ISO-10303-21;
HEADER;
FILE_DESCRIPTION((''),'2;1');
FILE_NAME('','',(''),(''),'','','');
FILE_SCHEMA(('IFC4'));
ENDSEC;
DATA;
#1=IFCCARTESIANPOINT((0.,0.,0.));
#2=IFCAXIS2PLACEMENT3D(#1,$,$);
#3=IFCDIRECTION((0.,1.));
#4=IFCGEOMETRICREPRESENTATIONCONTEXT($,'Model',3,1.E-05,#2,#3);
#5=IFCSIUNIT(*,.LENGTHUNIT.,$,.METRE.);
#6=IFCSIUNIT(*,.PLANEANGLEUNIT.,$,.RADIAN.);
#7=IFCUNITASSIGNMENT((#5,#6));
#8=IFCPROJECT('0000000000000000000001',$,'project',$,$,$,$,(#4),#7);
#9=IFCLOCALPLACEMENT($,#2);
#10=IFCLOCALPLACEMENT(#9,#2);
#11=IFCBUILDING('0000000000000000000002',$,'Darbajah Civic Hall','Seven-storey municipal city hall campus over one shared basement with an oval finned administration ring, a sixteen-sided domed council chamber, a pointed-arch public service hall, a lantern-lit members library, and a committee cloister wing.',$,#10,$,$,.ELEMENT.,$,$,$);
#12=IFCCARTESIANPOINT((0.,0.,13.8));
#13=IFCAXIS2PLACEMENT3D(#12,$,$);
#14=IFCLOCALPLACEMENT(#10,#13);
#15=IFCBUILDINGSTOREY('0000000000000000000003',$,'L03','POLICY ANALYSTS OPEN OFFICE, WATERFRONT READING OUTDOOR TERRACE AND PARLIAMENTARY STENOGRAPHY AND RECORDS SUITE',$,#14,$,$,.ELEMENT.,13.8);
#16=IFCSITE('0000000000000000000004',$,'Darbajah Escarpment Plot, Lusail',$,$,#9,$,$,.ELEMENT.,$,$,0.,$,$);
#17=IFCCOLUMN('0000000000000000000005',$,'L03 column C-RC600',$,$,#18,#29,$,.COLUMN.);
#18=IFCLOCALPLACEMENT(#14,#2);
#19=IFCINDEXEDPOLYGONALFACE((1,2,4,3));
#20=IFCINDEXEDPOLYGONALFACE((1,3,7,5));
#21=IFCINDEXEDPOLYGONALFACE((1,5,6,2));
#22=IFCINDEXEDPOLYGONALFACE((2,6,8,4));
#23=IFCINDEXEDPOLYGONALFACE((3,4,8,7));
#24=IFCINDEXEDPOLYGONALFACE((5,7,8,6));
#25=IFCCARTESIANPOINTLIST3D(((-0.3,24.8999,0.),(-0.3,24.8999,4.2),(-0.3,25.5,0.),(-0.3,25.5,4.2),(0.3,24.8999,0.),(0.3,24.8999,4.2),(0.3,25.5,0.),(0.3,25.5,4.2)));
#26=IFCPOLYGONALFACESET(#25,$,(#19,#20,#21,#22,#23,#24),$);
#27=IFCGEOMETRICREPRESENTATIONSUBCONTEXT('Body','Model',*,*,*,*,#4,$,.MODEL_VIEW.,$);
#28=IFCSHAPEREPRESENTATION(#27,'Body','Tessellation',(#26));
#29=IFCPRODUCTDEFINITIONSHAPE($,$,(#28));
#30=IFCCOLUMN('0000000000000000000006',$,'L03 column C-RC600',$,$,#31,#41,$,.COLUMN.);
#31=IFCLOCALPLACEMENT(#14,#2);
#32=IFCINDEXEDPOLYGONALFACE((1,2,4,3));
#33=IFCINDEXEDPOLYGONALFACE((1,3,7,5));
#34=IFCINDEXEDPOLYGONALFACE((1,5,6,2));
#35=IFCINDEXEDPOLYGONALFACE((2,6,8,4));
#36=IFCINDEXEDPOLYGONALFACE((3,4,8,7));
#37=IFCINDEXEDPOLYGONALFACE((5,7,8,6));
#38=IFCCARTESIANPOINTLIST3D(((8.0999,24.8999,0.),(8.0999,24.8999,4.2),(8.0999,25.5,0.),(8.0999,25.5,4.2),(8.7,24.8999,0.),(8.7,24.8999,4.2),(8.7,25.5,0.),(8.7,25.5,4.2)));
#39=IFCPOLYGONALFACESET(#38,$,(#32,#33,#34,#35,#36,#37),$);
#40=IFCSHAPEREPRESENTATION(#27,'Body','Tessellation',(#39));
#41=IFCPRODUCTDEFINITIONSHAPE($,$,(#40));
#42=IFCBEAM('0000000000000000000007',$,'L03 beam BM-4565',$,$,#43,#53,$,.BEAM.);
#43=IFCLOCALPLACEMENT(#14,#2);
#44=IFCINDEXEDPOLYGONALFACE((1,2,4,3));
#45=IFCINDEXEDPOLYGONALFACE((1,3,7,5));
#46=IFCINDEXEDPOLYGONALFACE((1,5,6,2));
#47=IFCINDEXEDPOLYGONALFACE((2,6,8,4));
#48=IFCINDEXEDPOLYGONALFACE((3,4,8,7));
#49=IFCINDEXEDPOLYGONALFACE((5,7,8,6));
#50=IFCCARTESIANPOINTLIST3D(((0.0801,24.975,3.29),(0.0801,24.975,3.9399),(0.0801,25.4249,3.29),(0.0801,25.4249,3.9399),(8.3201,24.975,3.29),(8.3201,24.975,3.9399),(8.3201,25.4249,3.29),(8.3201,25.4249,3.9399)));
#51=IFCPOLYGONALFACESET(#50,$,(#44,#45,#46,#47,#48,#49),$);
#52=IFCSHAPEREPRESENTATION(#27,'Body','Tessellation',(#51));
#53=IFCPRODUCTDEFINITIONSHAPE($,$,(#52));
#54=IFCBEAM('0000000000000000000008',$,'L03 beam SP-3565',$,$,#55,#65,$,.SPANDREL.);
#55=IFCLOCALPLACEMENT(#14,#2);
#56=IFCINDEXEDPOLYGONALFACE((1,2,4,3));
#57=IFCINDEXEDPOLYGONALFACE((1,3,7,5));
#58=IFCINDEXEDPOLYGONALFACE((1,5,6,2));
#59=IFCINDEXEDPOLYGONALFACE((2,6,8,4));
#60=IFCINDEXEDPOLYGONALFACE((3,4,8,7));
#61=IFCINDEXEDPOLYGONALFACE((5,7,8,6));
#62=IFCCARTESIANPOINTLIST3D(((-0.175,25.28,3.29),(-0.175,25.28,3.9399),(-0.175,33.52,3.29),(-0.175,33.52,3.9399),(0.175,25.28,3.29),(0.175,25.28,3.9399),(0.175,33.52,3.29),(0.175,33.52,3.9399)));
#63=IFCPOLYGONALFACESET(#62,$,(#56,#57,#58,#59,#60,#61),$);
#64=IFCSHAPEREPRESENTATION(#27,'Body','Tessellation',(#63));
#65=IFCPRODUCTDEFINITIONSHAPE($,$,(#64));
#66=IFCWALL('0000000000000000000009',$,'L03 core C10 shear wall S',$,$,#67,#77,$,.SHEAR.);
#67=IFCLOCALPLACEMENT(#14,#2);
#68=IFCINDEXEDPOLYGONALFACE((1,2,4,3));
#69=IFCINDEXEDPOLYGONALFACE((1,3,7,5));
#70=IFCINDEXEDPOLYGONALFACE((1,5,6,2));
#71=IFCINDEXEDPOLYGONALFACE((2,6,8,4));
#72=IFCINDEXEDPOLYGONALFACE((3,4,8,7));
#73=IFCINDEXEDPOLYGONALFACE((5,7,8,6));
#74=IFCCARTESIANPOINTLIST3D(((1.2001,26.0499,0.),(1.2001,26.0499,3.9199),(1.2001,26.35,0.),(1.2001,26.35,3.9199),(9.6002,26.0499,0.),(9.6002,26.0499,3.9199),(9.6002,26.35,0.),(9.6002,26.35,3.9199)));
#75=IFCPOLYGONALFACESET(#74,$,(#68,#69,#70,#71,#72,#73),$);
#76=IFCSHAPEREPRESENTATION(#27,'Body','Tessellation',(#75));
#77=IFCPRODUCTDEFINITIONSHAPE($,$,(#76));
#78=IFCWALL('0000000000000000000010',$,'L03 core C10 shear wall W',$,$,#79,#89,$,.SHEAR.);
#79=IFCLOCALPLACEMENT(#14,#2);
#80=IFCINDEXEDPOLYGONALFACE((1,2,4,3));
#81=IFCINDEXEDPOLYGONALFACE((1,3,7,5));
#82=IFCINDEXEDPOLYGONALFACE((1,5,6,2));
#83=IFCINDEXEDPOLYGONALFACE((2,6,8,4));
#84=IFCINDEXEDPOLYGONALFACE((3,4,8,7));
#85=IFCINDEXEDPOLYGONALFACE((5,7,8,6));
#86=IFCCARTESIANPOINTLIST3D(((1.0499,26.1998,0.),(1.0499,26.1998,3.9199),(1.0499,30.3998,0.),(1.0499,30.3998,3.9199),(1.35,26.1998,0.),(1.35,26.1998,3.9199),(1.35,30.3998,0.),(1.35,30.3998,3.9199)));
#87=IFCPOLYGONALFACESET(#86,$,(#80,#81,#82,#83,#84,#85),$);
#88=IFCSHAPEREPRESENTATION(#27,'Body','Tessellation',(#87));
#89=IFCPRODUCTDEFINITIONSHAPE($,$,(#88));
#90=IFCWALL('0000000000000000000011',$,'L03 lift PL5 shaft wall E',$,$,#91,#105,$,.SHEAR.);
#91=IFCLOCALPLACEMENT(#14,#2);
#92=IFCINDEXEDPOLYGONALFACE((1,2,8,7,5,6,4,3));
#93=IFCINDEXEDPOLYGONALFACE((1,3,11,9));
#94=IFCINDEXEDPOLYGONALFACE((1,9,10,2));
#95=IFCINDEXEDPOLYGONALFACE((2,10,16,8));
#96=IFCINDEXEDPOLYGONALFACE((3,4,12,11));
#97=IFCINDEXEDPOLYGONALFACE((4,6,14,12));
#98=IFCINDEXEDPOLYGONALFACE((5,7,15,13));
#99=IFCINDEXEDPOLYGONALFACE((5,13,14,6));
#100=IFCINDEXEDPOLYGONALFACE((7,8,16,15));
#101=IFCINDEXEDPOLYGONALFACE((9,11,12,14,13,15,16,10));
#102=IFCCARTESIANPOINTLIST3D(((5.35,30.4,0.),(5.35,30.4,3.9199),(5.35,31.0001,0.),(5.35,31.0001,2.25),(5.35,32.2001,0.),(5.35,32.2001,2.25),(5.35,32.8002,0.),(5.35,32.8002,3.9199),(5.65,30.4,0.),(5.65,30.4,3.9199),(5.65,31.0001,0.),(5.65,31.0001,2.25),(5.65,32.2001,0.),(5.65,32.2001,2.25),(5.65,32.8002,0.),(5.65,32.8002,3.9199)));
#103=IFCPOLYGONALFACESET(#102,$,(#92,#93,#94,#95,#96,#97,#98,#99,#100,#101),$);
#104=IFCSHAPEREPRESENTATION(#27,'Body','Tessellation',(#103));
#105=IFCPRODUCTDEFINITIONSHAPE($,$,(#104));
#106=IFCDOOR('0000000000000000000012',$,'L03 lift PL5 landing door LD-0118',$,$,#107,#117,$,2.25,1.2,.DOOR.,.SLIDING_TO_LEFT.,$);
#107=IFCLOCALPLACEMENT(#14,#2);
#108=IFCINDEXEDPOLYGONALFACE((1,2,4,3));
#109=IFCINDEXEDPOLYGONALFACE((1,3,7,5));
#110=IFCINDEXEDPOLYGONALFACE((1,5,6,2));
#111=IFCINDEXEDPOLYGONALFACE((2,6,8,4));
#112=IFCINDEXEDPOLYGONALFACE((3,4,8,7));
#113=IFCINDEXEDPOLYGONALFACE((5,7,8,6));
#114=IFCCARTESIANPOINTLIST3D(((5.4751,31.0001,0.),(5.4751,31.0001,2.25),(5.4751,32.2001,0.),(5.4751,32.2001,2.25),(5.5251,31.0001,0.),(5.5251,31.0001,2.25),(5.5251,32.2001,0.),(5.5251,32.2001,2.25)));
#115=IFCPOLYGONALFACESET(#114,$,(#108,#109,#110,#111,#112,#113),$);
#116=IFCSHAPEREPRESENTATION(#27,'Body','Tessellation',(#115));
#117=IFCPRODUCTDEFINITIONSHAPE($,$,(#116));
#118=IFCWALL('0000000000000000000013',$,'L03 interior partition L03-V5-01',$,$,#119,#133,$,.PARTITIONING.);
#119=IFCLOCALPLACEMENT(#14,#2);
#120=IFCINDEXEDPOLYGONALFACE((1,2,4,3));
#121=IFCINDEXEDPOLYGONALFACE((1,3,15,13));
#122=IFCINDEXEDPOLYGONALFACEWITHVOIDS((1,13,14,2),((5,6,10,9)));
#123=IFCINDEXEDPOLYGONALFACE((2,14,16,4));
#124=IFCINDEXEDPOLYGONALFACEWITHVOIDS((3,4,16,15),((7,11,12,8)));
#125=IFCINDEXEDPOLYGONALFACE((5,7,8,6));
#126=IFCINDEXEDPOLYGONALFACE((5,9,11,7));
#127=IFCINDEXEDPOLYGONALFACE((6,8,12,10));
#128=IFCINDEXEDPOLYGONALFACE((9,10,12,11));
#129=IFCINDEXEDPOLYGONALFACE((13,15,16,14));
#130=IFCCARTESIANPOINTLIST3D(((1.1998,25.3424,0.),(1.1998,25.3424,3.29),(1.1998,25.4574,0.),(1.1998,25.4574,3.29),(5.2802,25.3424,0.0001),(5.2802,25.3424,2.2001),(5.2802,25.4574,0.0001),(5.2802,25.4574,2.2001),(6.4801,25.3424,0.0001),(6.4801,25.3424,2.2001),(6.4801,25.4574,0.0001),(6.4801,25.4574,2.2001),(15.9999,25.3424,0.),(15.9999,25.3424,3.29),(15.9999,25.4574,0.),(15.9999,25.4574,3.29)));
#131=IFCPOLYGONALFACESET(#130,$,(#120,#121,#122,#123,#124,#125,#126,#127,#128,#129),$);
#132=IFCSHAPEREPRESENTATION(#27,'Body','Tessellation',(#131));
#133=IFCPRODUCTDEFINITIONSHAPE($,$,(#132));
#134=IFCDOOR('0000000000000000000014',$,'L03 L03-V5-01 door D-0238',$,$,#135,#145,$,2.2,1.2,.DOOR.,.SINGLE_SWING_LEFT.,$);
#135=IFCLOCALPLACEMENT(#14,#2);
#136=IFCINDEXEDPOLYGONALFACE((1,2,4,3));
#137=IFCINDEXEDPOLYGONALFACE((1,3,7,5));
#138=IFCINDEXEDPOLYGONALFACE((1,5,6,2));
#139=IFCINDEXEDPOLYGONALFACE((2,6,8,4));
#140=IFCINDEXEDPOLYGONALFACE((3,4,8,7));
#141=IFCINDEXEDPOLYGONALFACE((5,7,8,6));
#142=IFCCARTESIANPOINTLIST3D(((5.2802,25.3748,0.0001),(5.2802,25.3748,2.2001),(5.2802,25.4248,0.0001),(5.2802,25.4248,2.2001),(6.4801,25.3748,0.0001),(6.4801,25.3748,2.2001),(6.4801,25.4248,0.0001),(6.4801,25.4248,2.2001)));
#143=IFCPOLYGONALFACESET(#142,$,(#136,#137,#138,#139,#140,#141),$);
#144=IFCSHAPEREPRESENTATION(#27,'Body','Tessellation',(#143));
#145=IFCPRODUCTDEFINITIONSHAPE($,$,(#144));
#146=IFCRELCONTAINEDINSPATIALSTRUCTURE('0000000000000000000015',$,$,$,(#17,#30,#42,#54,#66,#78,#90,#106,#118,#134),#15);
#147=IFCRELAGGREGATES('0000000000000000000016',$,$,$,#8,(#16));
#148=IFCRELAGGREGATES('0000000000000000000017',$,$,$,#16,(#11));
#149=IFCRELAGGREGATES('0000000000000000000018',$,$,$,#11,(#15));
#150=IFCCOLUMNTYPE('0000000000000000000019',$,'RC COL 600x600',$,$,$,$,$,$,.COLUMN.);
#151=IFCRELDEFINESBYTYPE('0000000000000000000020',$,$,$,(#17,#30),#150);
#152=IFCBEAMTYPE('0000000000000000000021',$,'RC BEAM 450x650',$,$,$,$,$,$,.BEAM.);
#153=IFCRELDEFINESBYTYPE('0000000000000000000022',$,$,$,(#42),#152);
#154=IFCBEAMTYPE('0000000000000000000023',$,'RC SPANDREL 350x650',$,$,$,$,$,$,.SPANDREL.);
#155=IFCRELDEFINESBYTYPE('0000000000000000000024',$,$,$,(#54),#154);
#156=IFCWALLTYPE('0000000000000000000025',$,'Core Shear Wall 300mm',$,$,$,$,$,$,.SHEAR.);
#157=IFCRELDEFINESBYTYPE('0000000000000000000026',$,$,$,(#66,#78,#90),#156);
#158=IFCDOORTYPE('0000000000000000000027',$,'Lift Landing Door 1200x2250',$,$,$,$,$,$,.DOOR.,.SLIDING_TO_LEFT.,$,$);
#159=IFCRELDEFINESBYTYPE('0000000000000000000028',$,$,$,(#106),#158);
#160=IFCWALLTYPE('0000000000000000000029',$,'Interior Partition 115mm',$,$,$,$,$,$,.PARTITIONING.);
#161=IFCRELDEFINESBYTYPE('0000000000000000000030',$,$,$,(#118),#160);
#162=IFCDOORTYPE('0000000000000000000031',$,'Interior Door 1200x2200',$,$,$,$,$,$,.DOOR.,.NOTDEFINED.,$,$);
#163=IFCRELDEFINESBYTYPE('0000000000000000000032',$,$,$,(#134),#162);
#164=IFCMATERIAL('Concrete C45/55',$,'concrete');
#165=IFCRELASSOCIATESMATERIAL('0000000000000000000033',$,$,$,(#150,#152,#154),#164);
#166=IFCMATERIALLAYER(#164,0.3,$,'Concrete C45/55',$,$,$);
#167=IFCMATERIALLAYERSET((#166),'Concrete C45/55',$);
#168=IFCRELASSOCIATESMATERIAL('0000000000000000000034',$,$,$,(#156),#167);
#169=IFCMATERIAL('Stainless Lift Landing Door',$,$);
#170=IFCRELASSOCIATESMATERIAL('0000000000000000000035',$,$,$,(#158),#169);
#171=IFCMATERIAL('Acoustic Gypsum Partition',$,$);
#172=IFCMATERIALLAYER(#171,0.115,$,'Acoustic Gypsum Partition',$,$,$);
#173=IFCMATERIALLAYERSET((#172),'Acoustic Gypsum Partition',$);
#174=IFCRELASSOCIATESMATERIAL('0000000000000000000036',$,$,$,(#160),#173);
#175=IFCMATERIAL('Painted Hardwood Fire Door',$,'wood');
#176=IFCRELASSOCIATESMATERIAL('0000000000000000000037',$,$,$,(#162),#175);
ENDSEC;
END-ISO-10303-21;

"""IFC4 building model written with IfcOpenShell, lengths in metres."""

from ifc_helpers import new_model, si_unit, direction, frame, frame_2d, origin, origin_2d, place, context, subcontext, project, spatial, rectangle, extrude, material, layer, layer_set, material_profile, profile_set, type_object, element, fill, save


model = new_model("IFC4")

# Units and contexts
model_context = context("Model", 3, precision=1e-05, world=origin(), true_north=direction((0.0, 1.0)))
body_context = subcontext(model_context, "Body", "Model", "MODEL_VIEW")
ifc_project = project(units=[si_unit("LENGTHUNIT", "METRE"), si_unit("PLANEANGLEUNIT", "RADIAN")], contexts=[model_context])

# Site, building, storey
site_placement = place(None, origin())
site = spatial("IfcSite", under=ifc_project, at=site_placement, Name="Darbajah Escarpment Plot, Lusail", CompositionType="ELEMENT", RefElevation=0.0)
building_placement = place(site_placement, origin())
building = spatial("IfcBuilding", under=site, at=building_placement, Name="Darbajah Civic Hall", Description="Seven-storey municipal city hall campus over one shared basement with an oval finned administration ring, a sixteen-sided domed council chamber, a pointed-arch public service hall, a lantern-lit members library, and a committee cloister wing.", CompositionType="ELEMENT")
storey_placement = place(building_placement, frame((0.0, 0.0, 13.8)))
storey = spatial("IfcBuildingStorey", under=building, at=storey_placement, Name="L03", Description="POLICY ANALYSTS OPEN OFFICE, WATERFRONT READING OUTDOOR TERRACE AND PARLIAMENTARY STENOGRAPHY AND RECORDS SUITE", CompositionType="ELEMENT", Elevation=13.8)

# Columns
ifc_material_1 = material(Name="Concrete C45/55", Category="concrete")
ifc_material_profile_1 = material_profile(ifc_material_1, rectangle(XDim=0.6001, YDim=0.6001, at=origin_2d()), Name="RC COL 600x600")
ifc_profile_set_1 = profile_set([ifc_material_profile_1], Name="Concrete C45/55")
column_type = type_object("IfcColumnType", Name="RC COL 600x600", PredefinedType="COLUMN", material=ifc_profile_set_1)
for number, where, z_axis, x_axis, name in (
    (1, (0.0, 25.2, 0.0), (0.0, 0.0, 1.0), (1.0, 0.0, 0.0), "L03 column C-RC600"),
    (2, (8.3999, 25.2, 0.0), (0.0, 0.0, 1.0), (1.0, 0.0, 0.0), "L03 column C-RC600"),
):
    element("IfcColumn", number, at=place(storey_placement, frame(where, z_axis=z_axis, x_axis=x_axis)), inside=storey, type_object=column_type, Name=name, PredefinedType="COLUMN", context=body_context, shape_type="SweptSolid", body=[
        extrude(rectangle(XDim=0.6001, YDim=0.6001, at=origin_2d()), origin(), (0.0, 0.0, 1.0), 4.2),
    ])

# Beams
ifc_material_profile_2 = material_profile(ifc_material_1, rectangle(XDim=0.45, YDim=0.6499, at=origin_2d()), Name="RC BEAM 450x650")
ifc_profile_set_2 = profile_set([ifc_material_profile_2], Name="Concrete C45/55")
beam_type_1 = type_object("IfcBeamType", Name="RC BEAM 450x650", PredefinedType="BEAM", material=ifc_profile_set_2)
beam_1_placement = place(storey_placement, frame((0.0801, 25.2, 3.615), z_axis=(1.0, 0.0, 0.0), x_axis=(0.0, 1.0, 0.0)))
element("IfcBeam", 3, at=beam_1_placement, inside=storey, type_object=beam_type_1, Name="L03 beam BM-4565", PredefinedType="BEAM", context=body_context, shape_type="SweptSolid", body=[
    extrude(rectangle(XDim=0.45, YDim=0.6499, at=origin_2d()), origin(), (0.0, 0.0, 1.0), 8.24),
])
ifc_material_profile_3 = material_profile(ifc_material_1, rectangle(XDim=0.3501, YDim=0.6499, at=origin_2d()), Name="RC SPANDREL 350x650")
ifc_profile_set_3 = profile_set([ifc_material_profile_3], Name="Concrete C45/55")
beam_type_2 = type_object("IfcBeamType", Name="RC SPANDREL 350x650", PredefinedType="SPANDREL", material=ifc_profile_set_3)
beam_2_placement = place(storey_placement, frame((0.0, 25.28, 3.615), z_axis=(0.0, 1.0, 0.0), x_axis=(-1.0, 0.0, 0.0)))
element("IfcBeam", 4, at=beam_2_placement, inside=storey, type_object=beam_type_2, Name="L03 beam SP-3565", PredefinedType="SPANDREL", context=body_context, shape_type="SweptSolid", body=[
    extrude(rectangle(XDim=0.3501, YDim=0.6499, at=origin_2d()), origin(), (0.0, 0.0, 1.0), 8.24),
])

# Walls
ifc_layer_1 = layer(ifc_material_1, 0.3, Name="Concrete C45/55")
ifc_layer_set_1 = layer_set([ifc_layer_1], Name="Concrete C45/55")
wall_type_1 = type_object("IfcWallType", Name="Core Shear Wall 300mm", PredefinedType="SHEAR", material=ifc_layer_set_1)
wall_1_placement = place(storey_placement, frame((1.2, 26.2, 0.0), z_axis=(0.0, 0.0, 1.0), x_axis=(1.0, 0.0, 0.0)))
element("IfcWall", 5, at=wall_1_placement, inside=storey, type_object=wall_type_1, Name="L03 core C10 shear wall S", PredefinedType="SHEAR", context=body_context, shape_type="SweptSolid", body=[
    extrude(rectangle(XDim=8.4001, YDim=0.3, at=frame_2d((4.2002, 0.0))), origin(), (0.0, 0.0, 1.0), 3.9199),
])
wall_2_placement = place(storey_placement, frame((1.2, 30.3999, 0.0), z_axis=(0.0, 0.0, 1.0), x_axis=(0.0, -1.0, 0.0)))
element("IfcWall", 6, at=wall_2_placement, inside=storey, type_object=wall_type_1, Name="L03 core C10 shear wall W", PredefinedType="SHEAR", context=body_context, shape_type="SweptSolid", body=[
    extrude(rectangle(XDim=4.2, YDim=0.3, at=frame_2d((2.1001, 0.0))), origin(), (0.0, 0.0, 1.0), 3.9199),
])

# Walls, openings, doors
wall_3_placement = place(storey_placement, frame((5.5, 30.3999, 0.0), z_axis=(0.0, 0.0, 1.0), x_axis=(0.0, 1.0, 0.0)))
wall_3 = element("IfcWall", 7, at=wall_3_placement, inside=storey, type_object=wall_type_1, Name="L03 lift PL5 shaft wall E", PredefinedType="SHEAR", context=body_context, shape_type="SweptSolid", body=[
    extrude(rectangle(XDim=2.4001, YDim=0.3, at=frame_2d((1.2002, 0.0))), origin(), (0.0, 0.0, 1.0), 3.9199),
])
opening_1_placement = place(wall_3_placement, frame((0.6001, 0.0, 0.0)))
opening_1 = element("IfcOpeningElement", 8, at=opening_1_placement, cuts=wall_3, PredefinedType="OPENING", context=body_context, shape_type="SweptSolid", body=[
    extrude(rectangle(XDim=1.2, YDim=2.25, at=frame_2d((0.6001, 1.125))), frame((0.0, 0.1599, 0.0), z_axis=(0.0, -1.0, 0.0), x_axis=(1.0, 0.0, 0.0)), (0.0, 0.0, 1.0), 0.3201),
])
ifc_material_2 = material(Name="Stainless Lift Landing Door")
door_type_1 = type_object("IfcDoorType", Name="Lift Landing Door 1200x2250", OperationType="SLIDING_TO_LEFT", PredefinedType="DOOR", material=ifc_material_2)
door_1_placement = place(opening_1_placement, origin())
door_1 = element("IfcDoor", 9, at=door_1_placement, inside=storey, type_object=door_type_1, Name="L03 lift PL5 landing door LD-0118", OperationType="SLIDING_TO_LEFT", OverallHeight=2.25, OverallWidth=1.2, PredefinedType="DOOR", context=body_context, shape_type="SweptSolid", body=[
    extrude(rectangle(XDim=1.2, YDim=2.25, at=frame_2d((0.6001, 1.125))), frame((0.0, 0.0249, 0.0), z_axis=(0.0, -1.0, 0.0), x_axis=(1.0, 0.0, 0.0)), (0.0, 0.0, 1.0), 0.05),
])
fill(opening_1, door_1)
ifc_material_3 = material(Name="Acoustic Gypsum Partition")
ifc_layer_2 = layer(ifc_material_3, 0.115, Name="Acoustic Gypsum Partition")
ifc_layer_set_2 = layer_set([ifc_layer_2], Name="Acoustic Gypsum Partition")
wall_type_2 = type_object("IfcWallType", Name="Interior Partition 115mm", PredefinedType="PARTITIONING", material=ifc_layer_set_2)
wall_4_placement = place(storey_placement, frame((1.2, 25.3999, 0.0), z_axis=(0.0, 0.0, 1.0), x_axis=(1.0, 0.0, 0.0)))
wall_4 = element("IfcWall", 10, at=wall_4_placement, inside=storey, type_object=wall_type_2, Name="L03 interior partition L03-V5-01", PredefinedType="PARTITIONING", context=body_context, shape_type="SweptSolid", body=[
    extrude(rectangle(XDim=14.8, YDim=0.115, at=frame_2d((7.3999, 0.0))), origin(), (0.0, 0.0, 1.0), 3.29),
])
opening_2_placement = place(wall_4_placement, frame((4.0801, 0.0, 0.0)))
opening_2 = element("IfcOpeningElement", 11, at=opening_2_placement, cuts=wall_4, PredefinedType="OPENING", context=body_context, shape_type="SweptSolid", body=[
    extrude(rectangle(XDim=1.2, YDim=2.2, at=frame_2d((0.6001, 1.1001))), frame((0.0, 0.0674, 0.0), z_axis=(0.0, -1.0, 0.0), x_axis=(1.0, 0.0, 0.0)), (0.0, 0.0, 1.0), 0.135),
])
ifc_material_4 = material(Name="Painted Hardwood Fire Door", Category="wood")
door_type_2 = type_object("IfcDoorType", Name="Interior Door 1200x2200", OperationType="NOTDEFINED", PredefinedType="DOOR", material=ifc_material_4)
door_2_placement = place(opening_2_placement, origin())
door_2 = element("IfcDoor", 12, at=door_2_placement, inside=storey, type_object=door_type_2, Name="L03 L03-V5-01 door D-0238", OperationType="SINGLE_SWING_LEFT", OverallHeight=2.2, OverallWidth=1.2, PredefinedType="DOOR", context=body_context, shape_type="SweptSolid", body=[
    extrude(rectangle(XDim=1.2, YDim=2.2, at=frame_2d((0.6001, 1.1001))), frame((0.0, 0.0249, 0.0), z_axis=(0.0, -1.0, 0.0), x_axis=(1.0, 0.0, 0.0)), (0.0, 0.0, 1.0), 0.05),
])
fill(opening_2, door_2)

save(model, "model.ifc")
